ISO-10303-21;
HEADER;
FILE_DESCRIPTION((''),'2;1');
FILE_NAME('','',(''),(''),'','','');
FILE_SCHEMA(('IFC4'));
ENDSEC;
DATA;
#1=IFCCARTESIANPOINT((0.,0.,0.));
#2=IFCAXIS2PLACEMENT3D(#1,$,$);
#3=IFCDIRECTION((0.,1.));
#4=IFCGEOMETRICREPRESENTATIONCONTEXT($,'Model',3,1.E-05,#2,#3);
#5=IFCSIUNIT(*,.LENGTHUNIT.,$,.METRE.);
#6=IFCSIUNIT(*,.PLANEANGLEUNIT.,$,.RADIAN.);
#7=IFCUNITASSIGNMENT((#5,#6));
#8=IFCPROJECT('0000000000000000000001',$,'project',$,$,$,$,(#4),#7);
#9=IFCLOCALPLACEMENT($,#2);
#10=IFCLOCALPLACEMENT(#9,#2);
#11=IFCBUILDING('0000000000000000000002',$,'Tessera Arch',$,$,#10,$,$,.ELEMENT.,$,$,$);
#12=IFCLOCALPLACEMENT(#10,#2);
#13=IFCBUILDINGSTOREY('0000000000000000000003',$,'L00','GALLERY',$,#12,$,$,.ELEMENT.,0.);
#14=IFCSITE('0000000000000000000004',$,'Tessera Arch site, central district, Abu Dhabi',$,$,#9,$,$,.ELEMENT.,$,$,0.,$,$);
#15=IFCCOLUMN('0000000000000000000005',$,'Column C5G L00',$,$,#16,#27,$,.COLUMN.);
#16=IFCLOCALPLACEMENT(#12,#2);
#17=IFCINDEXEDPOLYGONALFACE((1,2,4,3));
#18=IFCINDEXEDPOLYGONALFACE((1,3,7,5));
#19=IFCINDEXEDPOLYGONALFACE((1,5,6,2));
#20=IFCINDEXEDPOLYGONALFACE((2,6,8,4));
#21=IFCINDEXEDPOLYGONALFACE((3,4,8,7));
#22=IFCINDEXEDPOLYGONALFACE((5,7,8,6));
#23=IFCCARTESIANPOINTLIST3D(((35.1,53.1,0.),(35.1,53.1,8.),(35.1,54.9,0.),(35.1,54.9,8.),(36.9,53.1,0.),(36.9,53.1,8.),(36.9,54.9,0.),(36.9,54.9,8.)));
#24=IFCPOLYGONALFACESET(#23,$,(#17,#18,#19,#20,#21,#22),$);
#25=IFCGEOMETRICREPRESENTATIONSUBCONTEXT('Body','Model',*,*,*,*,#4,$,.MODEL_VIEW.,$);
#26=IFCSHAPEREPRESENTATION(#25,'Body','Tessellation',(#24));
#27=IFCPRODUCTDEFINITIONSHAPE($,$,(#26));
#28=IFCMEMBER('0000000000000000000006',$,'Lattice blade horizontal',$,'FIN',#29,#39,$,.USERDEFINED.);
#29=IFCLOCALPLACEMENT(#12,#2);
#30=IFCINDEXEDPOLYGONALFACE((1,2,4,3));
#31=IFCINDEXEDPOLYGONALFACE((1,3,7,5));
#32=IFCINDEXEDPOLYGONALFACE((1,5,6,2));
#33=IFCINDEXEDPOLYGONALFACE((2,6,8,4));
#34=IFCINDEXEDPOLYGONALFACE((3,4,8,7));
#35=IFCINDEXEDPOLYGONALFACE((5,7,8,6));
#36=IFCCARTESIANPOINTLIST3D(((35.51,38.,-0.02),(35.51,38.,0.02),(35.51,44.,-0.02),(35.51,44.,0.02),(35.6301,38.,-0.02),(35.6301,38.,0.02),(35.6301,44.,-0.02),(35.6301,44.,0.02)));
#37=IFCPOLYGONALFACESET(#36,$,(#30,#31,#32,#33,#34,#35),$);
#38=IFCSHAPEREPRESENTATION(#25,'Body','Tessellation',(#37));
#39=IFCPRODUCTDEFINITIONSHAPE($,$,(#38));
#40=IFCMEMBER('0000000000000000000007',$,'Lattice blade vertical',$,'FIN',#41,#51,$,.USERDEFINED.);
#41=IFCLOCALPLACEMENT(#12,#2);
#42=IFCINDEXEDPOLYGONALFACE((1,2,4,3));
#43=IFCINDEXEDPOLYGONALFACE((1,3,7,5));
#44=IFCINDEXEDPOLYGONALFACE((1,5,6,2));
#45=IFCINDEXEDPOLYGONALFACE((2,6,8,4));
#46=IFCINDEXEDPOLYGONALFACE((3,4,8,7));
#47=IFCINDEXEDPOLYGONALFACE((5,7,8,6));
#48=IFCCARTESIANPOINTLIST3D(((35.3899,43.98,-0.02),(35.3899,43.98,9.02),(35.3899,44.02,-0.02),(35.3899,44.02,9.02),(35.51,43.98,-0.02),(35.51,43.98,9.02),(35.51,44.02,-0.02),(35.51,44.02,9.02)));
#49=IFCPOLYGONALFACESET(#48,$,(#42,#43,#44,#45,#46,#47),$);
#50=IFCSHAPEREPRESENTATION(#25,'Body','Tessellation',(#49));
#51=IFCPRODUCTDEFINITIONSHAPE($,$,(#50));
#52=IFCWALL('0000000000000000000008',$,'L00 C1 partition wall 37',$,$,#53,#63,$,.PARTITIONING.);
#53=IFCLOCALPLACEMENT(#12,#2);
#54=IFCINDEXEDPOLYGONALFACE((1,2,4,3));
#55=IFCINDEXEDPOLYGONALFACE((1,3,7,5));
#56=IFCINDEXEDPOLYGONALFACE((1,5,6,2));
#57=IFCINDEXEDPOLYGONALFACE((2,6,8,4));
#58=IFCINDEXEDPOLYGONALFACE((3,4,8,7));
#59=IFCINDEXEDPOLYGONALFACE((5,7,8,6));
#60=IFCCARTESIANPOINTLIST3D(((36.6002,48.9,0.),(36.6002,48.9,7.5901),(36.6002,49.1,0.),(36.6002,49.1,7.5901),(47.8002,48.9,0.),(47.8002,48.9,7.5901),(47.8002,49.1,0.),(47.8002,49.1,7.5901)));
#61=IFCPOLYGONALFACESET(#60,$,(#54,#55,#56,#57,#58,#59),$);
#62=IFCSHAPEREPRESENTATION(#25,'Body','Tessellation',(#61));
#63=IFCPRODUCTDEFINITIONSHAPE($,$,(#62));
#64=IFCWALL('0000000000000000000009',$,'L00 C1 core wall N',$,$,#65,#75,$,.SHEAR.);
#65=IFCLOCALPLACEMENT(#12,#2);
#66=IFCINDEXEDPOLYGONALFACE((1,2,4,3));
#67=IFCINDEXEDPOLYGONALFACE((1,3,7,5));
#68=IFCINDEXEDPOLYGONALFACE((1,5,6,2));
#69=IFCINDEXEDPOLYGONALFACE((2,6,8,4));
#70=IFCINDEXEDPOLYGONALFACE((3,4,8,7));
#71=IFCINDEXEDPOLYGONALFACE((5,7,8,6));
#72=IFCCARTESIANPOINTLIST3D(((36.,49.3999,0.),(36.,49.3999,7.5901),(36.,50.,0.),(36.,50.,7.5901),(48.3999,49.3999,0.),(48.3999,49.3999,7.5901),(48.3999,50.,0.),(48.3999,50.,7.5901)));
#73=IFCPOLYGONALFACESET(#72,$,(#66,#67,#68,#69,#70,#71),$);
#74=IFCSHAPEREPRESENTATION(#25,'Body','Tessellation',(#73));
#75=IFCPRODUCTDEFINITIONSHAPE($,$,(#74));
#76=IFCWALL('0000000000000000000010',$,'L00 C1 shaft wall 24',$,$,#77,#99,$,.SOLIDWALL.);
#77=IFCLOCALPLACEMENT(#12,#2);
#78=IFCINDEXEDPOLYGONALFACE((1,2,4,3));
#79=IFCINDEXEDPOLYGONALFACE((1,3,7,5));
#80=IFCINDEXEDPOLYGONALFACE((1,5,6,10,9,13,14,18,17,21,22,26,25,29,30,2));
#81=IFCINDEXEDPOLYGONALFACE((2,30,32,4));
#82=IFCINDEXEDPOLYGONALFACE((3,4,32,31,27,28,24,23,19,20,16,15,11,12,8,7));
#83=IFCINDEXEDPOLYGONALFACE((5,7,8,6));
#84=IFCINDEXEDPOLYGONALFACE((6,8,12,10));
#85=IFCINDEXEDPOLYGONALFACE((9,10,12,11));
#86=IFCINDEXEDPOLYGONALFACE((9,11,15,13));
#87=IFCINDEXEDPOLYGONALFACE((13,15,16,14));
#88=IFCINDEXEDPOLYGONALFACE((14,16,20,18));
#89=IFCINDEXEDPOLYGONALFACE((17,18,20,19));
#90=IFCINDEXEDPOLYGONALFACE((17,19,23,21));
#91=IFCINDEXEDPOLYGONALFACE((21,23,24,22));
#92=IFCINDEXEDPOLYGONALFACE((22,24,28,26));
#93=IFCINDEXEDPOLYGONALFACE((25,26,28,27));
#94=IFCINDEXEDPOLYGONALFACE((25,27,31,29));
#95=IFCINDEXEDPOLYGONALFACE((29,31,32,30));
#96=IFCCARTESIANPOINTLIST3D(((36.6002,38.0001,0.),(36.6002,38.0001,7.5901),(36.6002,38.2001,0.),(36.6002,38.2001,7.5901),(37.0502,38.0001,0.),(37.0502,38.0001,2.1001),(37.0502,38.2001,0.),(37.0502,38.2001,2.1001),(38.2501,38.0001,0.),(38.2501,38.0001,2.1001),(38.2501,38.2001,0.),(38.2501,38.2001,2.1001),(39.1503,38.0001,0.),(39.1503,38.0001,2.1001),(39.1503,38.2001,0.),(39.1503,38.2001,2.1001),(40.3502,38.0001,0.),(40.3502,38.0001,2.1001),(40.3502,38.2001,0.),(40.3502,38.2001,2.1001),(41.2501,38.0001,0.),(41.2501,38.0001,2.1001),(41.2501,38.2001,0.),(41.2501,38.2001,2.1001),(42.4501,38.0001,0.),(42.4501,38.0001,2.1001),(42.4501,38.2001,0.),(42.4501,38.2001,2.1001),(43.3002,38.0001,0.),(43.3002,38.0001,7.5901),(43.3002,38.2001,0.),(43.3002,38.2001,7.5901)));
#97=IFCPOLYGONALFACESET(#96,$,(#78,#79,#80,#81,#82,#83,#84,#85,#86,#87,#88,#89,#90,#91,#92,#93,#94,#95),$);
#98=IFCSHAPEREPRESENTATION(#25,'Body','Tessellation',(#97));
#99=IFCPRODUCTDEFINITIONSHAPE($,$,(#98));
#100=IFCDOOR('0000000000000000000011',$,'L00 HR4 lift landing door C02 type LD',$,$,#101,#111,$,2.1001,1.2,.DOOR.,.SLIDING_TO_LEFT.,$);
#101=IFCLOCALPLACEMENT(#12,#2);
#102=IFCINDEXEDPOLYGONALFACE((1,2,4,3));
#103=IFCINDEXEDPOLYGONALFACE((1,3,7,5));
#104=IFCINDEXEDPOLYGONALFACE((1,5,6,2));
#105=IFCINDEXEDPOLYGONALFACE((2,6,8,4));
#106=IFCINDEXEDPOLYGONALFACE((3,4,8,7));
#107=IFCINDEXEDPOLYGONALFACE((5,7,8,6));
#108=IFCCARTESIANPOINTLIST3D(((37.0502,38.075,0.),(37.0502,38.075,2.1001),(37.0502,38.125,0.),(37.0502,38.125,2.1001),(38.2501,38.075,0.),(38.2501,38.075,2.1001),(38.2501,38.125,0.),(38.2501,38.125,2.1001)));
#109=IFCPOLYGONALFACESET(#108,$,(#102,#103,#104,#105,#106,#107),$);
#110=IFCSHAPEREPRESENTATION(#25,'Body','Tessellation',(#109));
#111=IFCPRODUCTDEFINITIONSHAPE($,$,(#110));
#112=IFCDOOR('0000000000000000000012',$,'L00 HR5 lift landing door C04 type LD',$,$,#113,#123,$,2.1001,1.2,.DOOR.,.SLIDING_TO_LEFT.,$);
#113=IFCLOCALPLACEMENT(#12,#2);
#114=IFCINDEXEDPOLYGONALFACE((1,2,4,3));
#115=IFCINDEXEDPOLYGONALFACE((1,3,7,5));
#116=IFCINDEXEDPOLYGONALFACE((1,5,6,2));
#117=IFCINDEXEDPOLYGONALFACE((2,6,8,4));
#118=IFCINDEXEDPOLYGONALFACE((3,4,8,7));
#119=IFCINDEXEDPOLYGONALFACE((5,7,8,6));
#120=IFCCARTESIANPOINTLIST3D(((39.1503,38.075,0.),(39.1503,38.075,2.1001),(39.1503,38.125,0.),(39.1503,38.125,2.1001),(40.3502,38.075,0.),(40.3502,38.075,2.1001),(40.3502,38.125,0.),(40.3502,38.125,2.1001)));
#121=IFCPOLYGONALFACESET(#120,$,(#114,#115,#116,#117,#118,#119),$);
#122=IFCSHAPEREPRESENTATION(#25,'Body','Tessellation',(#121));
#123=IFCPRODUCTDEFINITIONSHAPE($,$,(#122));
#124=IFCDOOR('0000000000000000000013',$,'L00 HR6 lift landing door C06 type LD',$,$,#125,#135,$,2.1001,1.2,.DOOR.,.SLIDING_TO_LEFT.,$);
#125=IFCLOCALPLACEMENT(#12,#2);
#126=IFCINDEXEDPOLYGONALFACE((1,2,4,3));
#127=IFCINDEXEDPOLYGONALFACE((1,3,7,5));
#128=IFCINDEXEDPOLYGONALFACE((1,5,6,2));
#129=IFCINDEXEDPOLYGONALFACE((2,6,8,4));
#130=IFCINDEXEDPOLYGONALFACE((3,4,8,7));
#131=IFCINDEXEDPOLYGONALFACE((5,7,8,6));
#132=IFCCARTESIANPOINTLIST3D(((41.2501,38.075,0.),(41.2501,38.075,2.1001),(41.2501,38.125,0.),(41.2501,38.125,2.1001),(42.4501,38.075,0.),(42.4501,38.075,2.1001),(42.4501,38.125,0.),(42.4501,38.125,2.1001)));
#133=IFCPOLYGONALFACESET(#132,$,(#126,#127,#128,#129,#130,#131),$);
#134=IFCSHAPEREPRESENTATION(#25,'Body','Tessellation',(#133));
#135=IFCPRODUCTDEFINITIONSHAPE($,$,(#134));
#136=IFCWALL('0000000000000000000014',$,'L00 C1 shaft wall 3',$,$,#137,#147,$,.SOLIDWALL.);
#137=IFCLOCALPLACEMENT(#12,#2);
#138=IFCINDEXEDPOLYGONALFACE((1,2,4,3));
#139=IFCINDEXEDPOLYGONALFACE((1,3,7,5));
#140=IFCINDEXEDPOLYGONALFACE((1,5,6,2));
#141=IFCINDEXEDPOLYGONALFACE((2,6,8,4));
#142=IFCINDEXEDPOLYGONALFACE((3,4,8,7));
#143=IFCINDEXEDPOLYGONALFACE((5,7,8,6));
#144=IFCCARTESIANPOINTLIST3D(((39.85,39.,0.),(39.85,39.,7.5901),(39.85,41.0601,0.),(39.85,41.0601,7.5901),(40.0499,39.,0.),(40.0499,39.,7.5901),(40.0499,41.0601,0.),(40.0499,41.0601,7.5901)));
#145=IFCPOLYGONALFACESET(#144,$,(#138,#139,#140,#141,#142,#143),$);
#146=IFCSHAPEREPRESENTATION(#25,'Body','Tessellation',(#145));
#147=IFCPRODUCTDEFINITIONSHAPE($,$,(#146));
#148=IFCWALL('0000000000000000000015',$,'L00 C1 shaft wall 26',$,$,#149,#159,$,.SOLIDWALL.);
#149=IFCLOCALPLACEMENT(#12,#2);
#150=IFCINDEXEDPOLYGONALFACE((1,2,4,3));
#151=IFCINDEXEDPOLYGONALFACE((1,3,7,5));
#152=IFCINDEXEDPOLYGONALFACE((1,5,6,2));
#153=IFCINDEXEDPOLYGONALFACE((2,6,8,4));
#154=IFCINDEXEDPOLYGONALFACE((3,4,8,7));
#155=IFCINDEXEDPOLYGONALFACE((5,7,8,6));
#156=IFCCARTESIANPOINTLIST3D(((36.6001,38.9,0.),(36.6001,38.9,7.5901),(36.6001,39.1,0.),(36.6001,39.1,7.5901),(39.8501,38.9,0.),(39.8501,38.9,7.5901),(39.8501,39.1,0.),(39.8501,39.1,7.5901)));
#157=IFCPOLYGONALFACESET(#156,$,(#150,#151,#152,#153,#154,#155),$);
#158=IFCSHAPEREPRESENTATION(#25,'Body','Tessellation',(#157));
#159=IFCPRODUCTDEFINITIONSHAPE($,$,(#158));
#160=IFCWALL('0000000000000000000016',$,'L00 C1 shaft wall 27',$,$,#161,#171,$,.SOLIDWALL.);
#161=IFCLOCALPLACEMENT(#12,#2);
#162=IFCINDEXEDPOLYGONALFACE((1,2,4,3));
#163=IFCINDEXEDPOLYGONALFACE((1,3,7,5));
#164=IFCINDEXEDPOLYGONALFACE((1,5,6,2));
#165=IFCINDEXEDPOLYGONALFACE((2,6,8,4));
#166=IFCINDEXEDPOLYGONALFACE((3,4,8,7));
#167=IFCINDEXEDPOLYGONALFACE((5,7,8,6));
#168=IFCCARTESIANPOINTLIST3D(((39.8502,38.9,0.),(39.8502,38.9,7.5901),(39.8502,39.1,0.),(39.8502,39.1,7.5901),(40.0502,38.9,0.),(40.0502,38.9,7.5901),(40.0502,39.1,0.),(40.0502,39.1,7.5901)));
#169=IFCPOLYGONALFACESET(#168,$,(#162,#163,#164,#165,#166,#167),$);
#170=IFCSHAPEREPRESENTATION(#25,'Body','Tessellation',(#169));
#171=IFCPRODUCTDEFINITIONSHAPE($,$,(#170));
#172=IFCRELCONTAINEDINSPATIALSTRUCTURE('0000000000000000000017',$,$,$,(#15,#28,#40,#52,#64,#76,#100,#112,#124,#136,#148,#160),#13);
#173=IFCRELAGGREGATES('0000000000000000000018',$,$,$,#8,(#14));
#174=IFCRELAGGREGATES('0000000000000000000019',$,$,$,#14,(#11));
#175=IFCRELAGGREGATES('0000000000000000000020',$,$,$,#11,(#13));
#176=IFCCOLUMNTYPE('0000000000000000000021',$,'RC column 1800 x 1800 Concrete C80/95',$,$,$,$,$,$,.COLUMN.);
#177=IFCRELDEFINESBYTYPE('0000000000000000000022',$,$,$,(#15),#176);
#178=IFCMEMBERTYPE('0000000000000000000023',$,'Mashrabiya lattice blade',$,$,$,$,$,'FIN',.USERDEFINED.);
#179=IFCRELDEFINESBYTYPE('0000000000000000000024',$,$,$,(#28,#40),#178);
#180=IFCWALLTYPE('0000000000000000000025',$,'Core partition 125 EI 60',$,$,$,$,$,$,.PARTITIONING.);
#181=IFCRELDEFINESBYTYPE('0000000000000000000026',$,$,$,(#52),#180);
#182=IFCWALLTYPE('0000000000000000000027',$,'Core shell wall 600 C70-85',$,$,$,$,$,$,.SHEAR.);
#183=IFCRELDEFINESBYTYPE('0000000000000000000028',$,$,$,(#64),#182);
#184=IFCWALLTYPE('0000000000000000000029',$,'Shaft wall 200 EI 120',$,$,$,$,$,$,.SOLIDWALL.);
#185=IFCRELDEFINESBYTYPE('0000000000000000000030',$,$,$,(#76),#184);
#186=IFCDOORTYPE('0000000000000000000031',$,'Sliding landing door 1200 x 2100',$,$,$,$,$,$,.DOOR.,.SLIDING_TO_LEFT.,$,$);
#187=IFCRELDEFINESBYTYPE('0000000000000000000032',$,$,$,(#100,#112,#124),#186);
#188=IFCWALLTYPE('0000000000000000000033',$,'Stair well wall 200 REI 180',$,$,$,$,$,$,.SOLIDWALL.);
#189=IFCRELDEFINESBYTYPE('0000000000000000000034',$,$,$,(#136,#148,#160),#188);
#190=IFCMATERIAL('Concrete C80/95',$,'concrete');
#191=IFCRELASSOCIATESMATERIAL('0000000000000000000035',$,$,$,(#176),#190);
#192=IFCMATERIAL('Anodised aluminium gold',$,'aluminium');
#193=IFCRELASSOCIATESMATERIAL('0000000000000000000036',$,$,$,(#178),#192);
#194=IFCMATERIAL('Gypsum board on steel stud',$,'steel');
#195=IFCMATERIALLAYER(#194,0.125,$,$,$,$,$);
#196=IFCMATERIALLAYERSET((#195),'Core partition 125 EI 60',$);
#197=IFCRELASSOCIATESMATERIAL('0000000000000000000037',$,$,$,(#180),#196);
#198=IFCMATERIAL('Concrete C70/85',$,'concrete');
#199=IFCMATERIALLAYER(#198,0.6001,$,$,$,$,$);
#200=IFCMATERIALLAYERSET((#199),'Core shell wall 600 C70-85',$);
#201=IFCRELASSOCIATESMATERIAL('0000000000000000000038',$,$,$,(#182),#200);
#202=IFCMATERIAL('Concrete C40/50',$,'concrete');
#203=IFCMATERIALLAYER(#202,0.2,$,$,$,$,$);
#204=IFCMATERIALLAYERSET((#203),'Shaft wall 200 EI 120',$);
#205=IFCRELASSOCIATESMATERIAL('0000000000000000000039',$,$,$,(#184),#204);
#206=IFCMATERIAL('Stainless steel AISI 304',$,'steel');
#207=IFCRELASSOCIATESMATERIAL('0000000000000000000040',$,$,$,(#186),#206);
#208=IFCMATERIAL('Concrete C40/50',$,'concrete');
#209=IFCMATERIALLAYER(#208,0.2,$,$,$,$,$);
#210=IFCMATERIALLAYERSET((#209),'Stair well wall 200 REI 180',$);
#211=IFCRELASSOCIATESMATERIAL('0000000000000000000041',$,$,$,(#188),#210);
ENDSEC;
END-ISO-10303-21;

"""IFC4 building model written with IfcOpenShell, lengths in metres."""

from ifc_helpers import new_model, si_unit, direction, frame, frame_2d, origin, origin_2d, place, context, subcontext, project, spatial, rectangle, extrude, material, layer, layer_set, material_profile, profile_set, type_object, element, fill, save


model = new_model("IFC4")

# Units and contexts
model_context = context("Model", 3, precision=1e-05, world=origin(), true_north=direction((0.0, 1.0)))
body_context = subcontext(model_context, "Body", "Model", "MODEL_VIEW")
ifc_project = project(units=[si_unit("LENGTHUNIT", "METRE"), si_unit("PLANEANGLEUNIT", "RADIAN")], contexts=[model_context])

# Site, building, storey
site_placement = place(None, origin())
site = spatial("IfcSite", under=ifc_project, at=site_placement, Name="Tessera Arch site, central district, Abu Dhabi", CompositionType="ELEMENT", RefElevation=0.0)
building_placement = place(site_placement, origin())
building = spatial("IfcBuilding", under=site, at=building_placement, Name="Tessera Arch", CompositionType="ELEMENT")
storey_placement = place(building_placement, origin())
storey = spatial("IfcBuildingStorey", under=building, at=storey_placement, Name="L00", Description="GALLERY", CompositionType="ELEMENT", Elevation=0.0)

# Column
ifc_material_1 = material(Name="Concrete C80/95", Category="concrete")
ifc_material_profile_1 = material_profile(ifc_material_1, rectangle(XDim=1.8, YDim=1.8, at=origin_2d()), Name="RC column 1800 x 1800 Concrete C80/95")
ifc_profile_set_1 = profile_set([ifc_material_profile_1], Name="Concrete C80/95")
column_type = type_object("IfcColumnType", Name="RC column 1800 x 1800 Concrete C80/95", PredefinedType="COLUMN", material=ifc_profile_set_1)
column_placement = place(storey_placement, frame((36.0, 54.0, 0.0), z_axis=(0.0, 0.0, 1.0), x_axis=(1.0, 0.0, 0.0)))
element("IfcColumn", 1, at=column_placement, inside=storey, type_object=column_type, Name="Column C5G L00", PredefinedType="COLUMN", context=body_context, shape_type="SweptSolid", body=[
    extrude(rectangle(XDim=1.8, YDim=1.8, at=origin_2d()), origin(), (0.0, 0.0, 1.0), 8.0),
])

# Members
ifc_material_2 = material(Name="Anodised aluminium gold", Category="aluminium")
ifc_material_profile_2 = material_profile(ifc_material_2, rectangle(XDim=0.1201, YDim=0.04, at=origin_2d()), Name="AL 40x120")
ifc_profile_set_2 = profile_set([ifc_material_profile_2], Name="Anodised aluminium gold")
member_type = type_object("IfcMemberType", Name="Mashrabiya lattice blade", ElementType="FIN", PredefinedType="USERDEFINED", material=ifc_profile_set_2)
member_1_placement = place(storey_placement, frame((35.5701, 38.0, 0.0), z_axis=(0.0, 1.0, 0.0), x_axis=(-1.0, 0.0, 0.0)))
element("IfcMember", 2, at=member_1_placement, inside=storey, type_object=member_type, Name="Lattice blade horizontal", ObjectType="FIN", PredefinedType="USERDEFINED", context=body_context, shape_type="SweptSolid", body=[
    extrude(rectangle(XDim=0.1201, YDim=0.04, at=origin_2d()), origin(), (0.0, 0.0, 1.0), 6.0),
])
member_2_placement = place(storey_placement, frame((35.45, 44.0, -0.02), z_axis=(0.0, 0.0, 1.0), x_axis=(-1.0, 0.0, 0.0)))
element("IfcMember", 3, at=member_2_placement, inside=storey, type_object=member_type, Name="Lattice blade vertical", ObjectType="FIN", PredefinedType="USERDEFINED", context=body_context, shape_type="SweptSolid", body=[
    extrude(rectangle(XDim=0.1201, YDim=0.04, at=origin_2d()), origin(), (0.0, 0.0, 1.0), 9.04),
])

# Walls
ifc_material_3 = material(Name="Gypsum board on steel stud", Category="steel")
ifc_layer_1 = layer(ifc_material_3, 0.125)
ifc_layer_set_1 = layer_set([ifc_layer_1], Name="Core partition 125 EI 60")
wall_type_1 = type_object("IfcWallType", Name="Core partition 125 EI 60", PredefinedType="PARTITIONING", material=ifc_layer_set_1)
wall_1_placement = place(storey_placement, frame((36.6001, 49.0, 0.0), z_axis=(0.0, 0.0, 1.0), x_axis=(1.0, 0.0, 0.0)))
element("IfcWall", 4, at=wall_1_placement, inside=storey, type_object=wall_type_1, Name="L00 C1 partition wall 37", PredefinedType="PARTITIONING", context=body_context, shape_type="SweptSolid", body=[
    extrude(rectangle(XDim=11.2, YDim=0.2, at=frame_2d((5.6001, 0.0))), origin(), (0.0, 0.0, 1.0), 7.5901),
])
ifc_material_4 = material(Name="Concrete C70/85", Category="concrete")
ifc_layer_2 = layer(ifc_material_4, 0.6001)
ifc_layer_set_2 = layer_set([ifc_layer_2], Name="Core shell wall 600 C70-85")
wall_type_2 = type_object("IfcWallType", Name="Core shell wall 600 C70-85", PredefinedType="SHEAR", material=ifc_layer_set_2)
wall_2_placement = place(storey_placement, frame((36.0, 49.7, 0.0), z_axis=(0.0, 0.0, 1.0), x_axis=(1.0, 0.0, 0.0)))
element("IfcWall", 5, at=wall_2_placement, inside=storey, type_object=wall_type_2, Name="L00 C1 core wall N", PredefinedType="SHEAR", context=body_context, shape_type="SweptSolid", body=[
    extrude(rectangle(XDim=12.3999, YDim=0.6001, at=frame_2d((6.2, 0.0))), origin(), (0.0, 0.0, 1.0), 7.5901),
])

# Wall, openings, doors
ifc_material_5 = material(Name="Concrete C40/50", Category="concrete")
ifc_layer_3 = layer(ifc_material_5, 0.2)
ifc_layer_set_3 = layer_set([ifc_layer_3], Name="Shaft wall 200 EI 120")
wall_type_3 = type_object("IfcWallType", Name="Shaft wall 200 EI 120", PredefinedType="SOLIDWALL", material=ifc_layer_set_3)
wall_3_placement = place(storey_placement, frame((36.6001, 38.1001, 0.0), z_axis=(0.0, 0.0, 1.0), x_axis=(1.0, 0.0, 0.0)))
wall_3 = element("IfcWall", 6, at=wall_3_placement, inside=storey, type_object=wall_type_3, Name="L00 C1 shaft wall 24", PredefinedType="SOLIDWALL", context=body_context, shape_type="SweptSolid", body=[
    extrude(rectangle(XDim=6.7, YDim=0.2, at=frame_2d((3.3501, 0.0))), origin(), (0.0, 0.0, 1.0), 7.5901),
])
opening_1_placement = place(wall_3_placement, frame((0.45, 0.0, 0.0)))
opening_1 = element("IfcOpeningElement", 7, at=opening_1_placement, cuts=wall_3, PredefinedType="OPENING", context=body_context, shape_type="SweptSolid", body=[
    extrude(rectangle(XDim=1.2, YDim=2.1001, at=frame_2d((0.6001, 1.05))), frame((0.0, 0.1099, 0.0), z_axis=(0.0, -1.0, 0.0), x_axis=(1.0, 0.0, 0.0)), (0.0, 0.0, 1.0), 0.22),
])
opening_2_placement = place(wall_3_placement, frame((2.55, 0.0, 0.0)))
opening_2 = element("IfcOpeningElement", 8, at=opening_2_placement, cuts=wall_3, PredefinedType="OPENING", context=body_context, shape_type="SweptSolid", body=[
    extrude(rectangle(XDim=1.2, YDim=2.1001, at=frame_2d((0.6001, 1.05))), frame((0.0, 0.1099, 0.0), z_axis=(0.0, -1.0, 0.0), x_axis=(1.0, 0.0, 0.0)), (0.0, 0.0, 1.0), 0.22),
])
opening_3_placement = place(wall_3_placement, frame((4.6499, 0.0, 0.0)))
opening_3 = element("IfcOpeningElement", 9, at=opening_3_placement, cuts=wall_3, PredefinedType="OPENING", context=body_context, shape_type="SweptSolid", body=[
    extrude(rectangle(XDim=1.2, YDim=2.1001, at=frame_2d((0.6001, 1.05))), frame((0.0, 0.1099, 0.0), z_axis=(0.0, -1.0, 0.0), x_axis=(1.0, 0.0, 0.0)), (0.0, 0.0, 1.0), 0.22),
])
ifc_material_6 = material(Name="Stainless steel AISI 304", Category="steel")
door_type_1 = type_object("IfcDoorType", Name="Sliding landing door 1200 x 2100", OperationType="SLIDING_TO_LEFT", PredefinedType="DOOR", material=ifc_material_6)
door_1_placement = place(opening_1_placement, origin())
door_1 = element("IfcDoor", 10, at=door_1_placement, inside=storey, type_object=door_type_1, Name="L00 HR4 lift landing door C02 type LD", OperationType="SLIDING_TO_LEFT", OverallHeight=2.1001, OverallWidth=1.2, PredefinedType="DOOR", context=body_context, shape_type="SweptSolid", body=[
    extrude(rectangle(XDim=1.2, YDim=2.1001, at=frame_2d((0.6001, 1.05))), frame((0.0, 0.0249, 0.0), z_axis=(0.0, -1.0, 0.0), x_axis=(1.0, 0.0, 0.0)), (0.0, 0.0, 1.0), 0.05),
])
fill(opening_1, door_1)
door_2_placement = place(opening_2_placement, origin())
door_2 = element("IfcDoor", 11, at=door_2_placement, inside=storey, type_object=door_type_1, Name="L00 HR5 lift landing door C04 type LD", OperationType="SLIDING_TO_LEFT", OverallHeight=2.1001, OverallWidth=1.2, PredefinedType="DOOR", context=body_context, shape_type="SweptSolid", body=[
    extrude(rectangle(XDim=1.2, YDim=2.1001, at=frame_2d((0.6001, 1.05))), frame((0.0, 0.0249, 0.0), z_axis=(0.0, -1.0, 0.0), x_axis=(1.0, 0.0, 0.0)), (0.0, 0.0, 1.0), 0.05),
])
fill(opening_2, door_2)
door_3_placement = place(opening_3_placement, origin())
door_3 = element("IfcDoor", 12, at=door_3_placement, inside=storey, type_object=door_type_1, Name="L00 HR6 lift landing door C06 type LD", OperationType="SLIDING_TO_LEFT", OverallHeight=2.1001, OverallWidth=1.2, PredefinedType="DOOR", context=body_context, shape_type="SweptSolid", body=[
    extrude(rectangle(XDim=1.2, YDim=2.1001, at=frame_2d((0.6001, 1.05))), frame((0.0, 0.0249, 0.0), z_axis=(0.0, -1.0, 0.0), x_axis=(1.0, 0.0, 0.0)), (0.0, 0.0, 1.0), 0.05),
])
fill(opening_3, door_3)

# Walls
ifc_material_7 = material(Name="Concrete C40/50", Category="concrete")
ifc_layer_4 = layer(ifc_material_7, 0.2)
ifc_layer_set_4 = layer_set([ifc_layer_4], Name="Stair well wall 200 REI 180")
wall_type_4 = type_object("IfcWallType", Name="Stair well wall 200 REI 180", PredefinedType="SOLIDWALL", material=ifc_layer_set_4)
wall_4_placement = place(storey_placement, frame((39.95, 39.0, 0.0), z_axis=(0.0, 0.0, 1.0), x_axis=(0.0, 1.0, 0.0)))
element("IfcWall", 13, at=wall_4_placement, inside=storey, type_object=wall_type_4, Name="L00 C1 shaft wall 3", PredefinedType="SOLIDWALL", context=body_context, shape_type="SweptSolid", body=[
    extrude(rectangle(XDim=2.0601, YDim=0.2, at=frame_2d((1.03, 0.0))), origin(), (0.0, 0.0, 1.0), 7.5901),
])
wall_5_placement = place(storey_placement, frame((36.6001, 39.0, 0.0), z_axis=(0.0, 0.0, 1.0), x_axis=(1.0, 0.0, 0.0)))
element("IfcWall", 14, at=wall_5_placement, inside=storey, type_object=wall_type_4, Name="L00 C1 shaft wall 26", PredefinedType="SOLIDWALL", context=body_context, shape_type="SweptSolid", body=[
    extrude(rectangle(XDim=3.25, YDim=0.2, at=frame_2d((1.625, 0.0))), origin(), (0.0, 0.0, 1.0), 7.5901),
])
wall_6_placement = place(storey_placement, frame((39.8501, 39.0, 0.0), z_axis=(0.0, 0.0, 1.0), x_axis=(1.0, 0.0, 0.0)))
element("IfcWall", 15, at=wall_6_placement, inside=storey, type_object=wall_type_4, Name="L00 C1 shaft wall 27", PredefinedType="SOLIDWALL", context=body_context, shape_type="SweptSolid", body=[
    extrude(rectangle(XDim=0.2, YDim=0.2, at=frame_2d((0.1001, 0.0))), origin(), (0.0, 0.0, 1.0), 7.5901),
])

save(model, "model.ifc")
